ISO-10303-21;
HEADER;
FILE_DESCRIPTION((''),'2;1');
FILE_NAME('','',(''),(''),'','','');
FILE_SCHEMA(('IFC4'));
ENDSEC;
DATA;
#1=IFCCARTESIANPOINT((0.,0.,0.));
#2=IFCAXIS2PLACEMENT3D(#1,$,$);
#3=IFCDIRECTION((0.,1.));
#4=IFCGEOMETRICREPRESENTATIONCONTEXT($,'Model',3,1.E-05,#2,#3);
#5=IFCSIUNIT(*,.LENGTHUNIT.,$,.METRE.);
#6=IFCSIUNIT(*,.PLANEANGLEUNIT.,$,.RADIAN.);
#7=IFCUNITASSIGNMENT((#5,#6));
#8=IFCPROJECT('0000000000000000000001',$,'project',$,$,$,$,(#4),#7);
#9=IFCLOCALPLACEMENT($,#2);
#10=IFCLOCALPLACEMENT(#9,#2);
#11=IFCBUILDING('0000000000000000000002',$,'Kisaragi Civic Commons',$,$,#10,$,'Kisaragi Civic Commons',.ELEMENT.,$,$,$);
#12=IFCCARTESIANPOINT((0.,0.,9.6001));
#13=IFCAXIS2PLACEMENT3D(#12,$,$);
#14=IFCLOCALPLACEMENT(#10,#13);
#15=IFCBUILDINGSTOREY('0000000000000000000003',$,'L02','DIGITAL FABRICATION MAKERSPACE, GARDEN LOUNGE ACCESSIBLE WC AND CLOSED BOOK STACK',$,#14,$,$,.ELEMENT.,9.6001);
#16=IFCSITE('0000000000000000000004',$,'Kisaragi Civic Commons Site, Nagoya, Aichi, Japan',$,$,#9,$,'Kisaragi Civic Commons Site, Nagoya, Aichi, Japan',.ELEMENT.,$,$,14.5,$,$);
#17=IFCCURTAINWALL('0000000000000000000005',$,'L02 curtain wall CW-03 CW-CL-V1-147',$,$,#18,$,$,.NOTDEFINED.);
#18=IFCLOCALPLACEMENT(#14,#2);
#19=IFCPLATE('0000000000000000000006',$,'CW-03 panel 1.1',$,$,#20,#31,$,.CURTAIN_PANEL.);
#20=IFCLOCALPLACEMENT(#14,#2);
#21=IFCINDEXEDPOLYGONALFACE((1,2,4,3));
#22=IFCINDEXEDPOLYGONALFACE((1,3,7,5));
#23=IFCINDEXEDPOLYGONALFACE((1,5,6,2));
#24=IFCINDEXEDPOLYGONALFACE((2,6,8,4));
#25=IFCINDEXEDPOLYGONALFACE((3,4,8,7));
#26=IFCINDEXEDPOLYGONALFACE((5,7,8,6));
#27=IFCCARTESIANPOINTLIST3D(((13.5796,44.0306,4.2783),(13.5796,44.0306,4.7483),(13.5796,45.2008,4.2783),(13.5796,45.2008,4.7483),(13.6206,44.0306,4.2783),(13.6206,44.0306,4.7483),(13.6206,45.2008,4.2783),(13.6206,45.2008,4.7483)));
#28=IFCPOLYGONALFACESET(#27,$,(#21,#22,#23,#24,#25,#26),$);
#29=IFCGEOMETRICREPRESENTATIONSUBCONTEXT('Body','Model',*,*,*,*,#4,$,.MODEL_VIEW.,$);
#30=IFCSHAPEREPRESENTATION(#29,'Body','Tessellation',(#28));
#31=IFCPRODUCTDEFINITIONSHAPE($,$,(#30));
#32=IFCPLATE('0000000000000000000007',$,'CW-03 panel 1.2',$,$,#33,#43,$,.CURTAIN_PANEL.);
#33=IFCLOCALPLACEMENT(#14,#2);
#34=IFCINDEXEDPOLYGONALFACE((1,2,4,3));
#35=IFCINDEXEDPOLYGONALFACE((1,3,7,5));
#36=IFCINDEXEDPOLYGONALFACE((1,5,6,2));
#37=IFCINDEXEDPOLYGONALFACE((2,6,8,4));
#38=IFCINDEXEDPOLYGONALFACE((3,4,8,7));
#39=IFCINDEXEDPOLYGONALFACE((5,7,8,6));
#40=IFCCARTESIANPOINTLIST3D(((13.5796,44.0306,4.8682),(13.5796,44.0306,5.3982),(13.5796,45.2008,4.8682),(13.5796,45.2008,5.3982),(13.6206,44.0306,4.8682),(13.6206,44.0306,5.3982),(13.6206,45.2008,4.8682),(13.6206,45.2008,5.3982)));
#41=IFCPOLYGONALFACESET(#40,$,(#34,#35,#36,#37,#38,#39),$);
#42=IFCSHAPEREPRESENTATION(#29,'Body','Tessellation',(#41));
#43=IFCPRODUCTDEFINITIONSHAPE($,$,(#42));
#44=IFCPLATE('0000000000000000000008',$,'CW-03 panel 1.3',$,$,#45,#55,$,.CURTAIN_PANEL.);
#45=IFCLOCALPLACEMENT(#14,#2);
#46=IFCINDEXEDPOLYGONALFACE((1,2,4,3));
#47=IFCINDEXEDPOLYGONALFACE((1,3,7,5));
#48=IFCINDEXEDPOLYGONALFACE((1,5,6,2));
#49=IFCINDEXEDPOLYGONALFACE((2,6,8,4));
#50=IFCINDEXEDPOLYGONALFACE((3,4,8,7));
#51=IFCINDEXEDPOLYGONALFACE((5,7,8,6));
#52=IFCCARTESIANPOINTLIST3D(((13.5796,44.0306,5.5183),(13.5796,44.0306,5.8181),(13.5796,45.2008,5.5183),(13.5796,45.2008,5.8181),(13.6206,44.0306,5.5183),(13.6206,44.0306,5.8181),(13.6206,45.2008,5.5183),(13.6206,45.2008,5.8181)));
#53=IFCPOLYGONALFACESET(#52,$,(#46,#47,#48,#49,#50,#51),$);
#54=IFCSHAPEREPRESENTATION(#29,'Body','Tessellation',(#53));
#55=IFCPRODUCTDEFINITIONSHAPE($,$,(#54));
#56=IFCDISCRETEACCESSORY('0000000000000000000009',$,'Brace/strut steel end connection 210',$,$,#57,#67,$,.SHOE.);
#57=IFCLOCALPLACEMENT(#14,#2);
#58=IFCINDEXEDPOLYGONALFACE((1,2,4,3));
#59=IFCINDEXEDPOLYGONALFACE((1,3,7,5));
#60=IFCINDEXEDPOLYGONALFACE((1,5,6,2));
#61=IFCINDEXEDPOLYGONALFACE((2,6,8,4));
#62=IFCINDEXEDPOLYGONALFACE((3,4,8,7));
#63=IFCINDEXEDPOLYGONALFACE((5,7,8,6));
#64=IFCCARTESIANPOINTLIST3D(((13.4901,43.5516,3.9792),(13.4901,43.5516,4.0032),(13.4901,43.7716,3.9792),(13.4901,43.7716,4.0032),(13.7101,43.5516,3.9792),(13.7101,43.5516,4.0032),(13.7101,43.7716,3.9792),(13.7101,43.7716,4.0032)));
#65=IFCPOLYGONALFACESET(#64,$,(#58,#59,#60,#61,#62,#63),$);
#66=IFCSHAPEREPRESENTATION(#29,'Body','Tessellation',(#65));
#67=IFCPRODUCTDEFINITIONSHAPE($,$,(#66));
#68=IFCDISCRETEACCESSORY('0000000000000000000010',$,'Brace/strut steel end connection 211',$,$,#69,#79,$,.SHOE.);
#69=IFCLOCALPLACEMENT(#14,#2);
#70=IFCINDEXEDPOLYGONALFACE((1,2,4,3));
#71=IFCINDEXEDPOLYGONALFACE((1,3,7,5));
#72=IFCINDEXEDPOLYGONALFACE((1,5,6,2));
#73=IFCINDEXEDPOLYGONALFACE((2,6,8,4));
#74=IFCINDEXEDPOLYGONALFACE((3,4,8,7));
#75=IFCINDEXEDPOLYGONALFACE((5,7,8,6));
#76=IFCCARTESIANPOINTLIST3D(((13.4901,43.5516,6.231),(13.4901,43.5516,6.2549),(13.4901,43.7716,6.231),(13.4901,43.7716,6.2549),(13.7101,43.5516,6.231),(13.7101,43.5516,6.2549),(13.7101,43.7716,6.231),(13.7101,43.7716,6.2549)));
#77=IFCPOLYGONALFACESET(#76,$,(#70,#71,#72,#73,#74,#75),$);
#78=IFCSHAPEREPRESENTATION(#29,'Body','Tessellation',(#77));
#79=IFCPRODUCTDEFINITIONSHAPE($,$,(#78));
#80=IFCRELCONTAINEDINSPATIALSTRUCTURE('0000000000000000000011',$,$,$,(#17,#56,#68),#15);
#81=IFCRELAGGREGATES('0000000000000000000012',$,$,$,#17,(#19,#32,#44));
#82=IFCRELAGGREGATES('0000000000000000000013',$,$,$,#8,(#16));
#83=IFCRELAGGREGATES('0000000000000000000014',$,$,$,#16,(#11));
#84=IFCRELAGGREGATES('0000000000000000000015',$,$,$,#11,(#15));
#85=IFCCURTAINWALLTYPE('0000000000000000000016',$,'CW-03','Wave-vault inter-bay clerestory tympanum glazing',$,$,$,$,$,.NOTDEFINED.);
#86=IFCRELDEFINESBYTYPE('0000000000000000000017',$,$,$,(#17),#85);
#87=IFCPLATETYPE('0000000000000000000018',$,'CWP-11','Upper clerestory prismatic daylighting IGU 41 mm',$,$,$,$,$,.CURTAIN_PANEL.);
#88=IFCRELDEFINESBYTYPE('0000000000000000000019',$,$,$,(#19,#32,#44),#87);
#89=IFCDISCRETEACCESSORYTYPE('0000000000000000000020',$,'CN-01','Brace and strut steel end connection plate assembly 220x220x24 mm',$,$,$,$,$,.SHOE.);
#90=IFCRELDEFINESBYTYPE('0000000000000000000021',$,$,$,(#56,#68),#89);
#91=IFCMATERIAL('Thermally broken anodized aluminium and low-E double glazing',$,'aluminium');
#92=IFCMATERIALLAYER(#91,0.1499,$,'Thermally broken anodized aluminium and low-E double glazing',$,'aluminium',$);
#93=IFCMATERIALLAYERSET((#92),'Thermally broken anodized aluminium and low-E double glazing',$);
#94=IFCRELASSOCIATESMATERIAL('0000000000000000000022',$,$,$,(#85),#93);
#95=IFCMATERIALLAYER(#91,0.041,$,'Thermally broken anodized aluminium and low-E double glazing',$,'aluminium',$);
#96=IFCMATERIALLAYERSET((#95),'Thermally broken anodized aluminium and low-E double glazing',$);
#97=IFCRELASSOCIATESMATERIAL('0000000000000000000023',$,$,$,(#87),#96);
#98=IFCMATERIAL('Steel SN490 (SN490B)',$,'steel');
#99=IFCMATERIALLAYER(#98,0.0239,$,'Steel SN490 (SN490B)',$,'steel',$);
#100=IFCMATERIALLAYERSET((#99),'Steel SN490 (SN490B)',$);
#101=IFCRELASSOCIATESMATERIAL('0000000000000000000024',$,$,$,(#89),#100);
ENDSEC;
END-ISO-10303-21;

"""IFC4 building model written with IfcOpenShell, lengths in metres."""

from ifc_helpers import new_model, si_unit, direction, frame, origin, origin_2d, place, context, subcontext, project, spatial, rectangle, extrude, material, layer, layer_set, type_object, element, aggregate, save


model = new_model("IFC4")

# Units and contexts
model_context = context("Model", 3, precision=1e-05, world=origin(), true_north=direction((0.0, 1.0)))
body_context = subcontext(model_context, "Body", "Model", "MODEL_VIEW")
ifc_project = project(units=[si_unit("LENGTHUNIT", "METRE"), si_unit("PLANEANGLEUNIT", "RADIAN")], contexts=[model_context])

# Site, building, storey
site_placement = place(None, origin())
site = spatial("IfcSite", under=ifc_project, at=site_placement, Name="Kisaragi Civic Commons Site, Nagoya, Aichi, Japan", LongName="Kisaragi Civic Commons Site, Nagoya, Aichi, Japan", CompositionType="ELEMENT", RefElevation=14.5)
building_placement = place(site_placement, origin())
building = spatial("IfcBuilding", under=site, at=building_placement, Name="Kisaragi Civic Commons", LongName="Kisaragi Civic Commons", CompositionType="ELEMENT")
storey_placement = place(building_placement, frame((0.0, 0.0, 9.6001)))
storey = spatial("IfcBuildingStorey", under=building, at=storey_placement, Name="L02", Description="DIGITAL FABRICATION MAKERSPACE, GARDEN LOUNGE ACCESSIBLE WC AND CLOSED BOOK STACK", CompositionType="ELEMENT", Elevation=9.6001)

# Shared definitions
ifc_material_1 = material(Name="Thermally broken anodized aluminium and low-E double glazing", Category="aluminium")
ifc_layer_1 = layer(ifc_material_1, 0.1499, Name="Thermally broken anodized aluminium and low-E double glazing", Category="aluminium")
ifc_layer_set_1 = layer_set([ifc_layer_1], Name="Thermally broken anodized aluminium and low-E double glazing")
curtain_wall_type = type_object("IfcCurtainWallType", Name="CW-03", Description="Wave-vault inter-bay clerestory tympanum glazing", PredefinedType="NOTDEFINED", material=ifc_layer_set_1)

# Curtain wall
curtain_wall_1_placement = place(storey_placement, origin())
curtain_wall_1 = element("IfcCurtainWall", 1, at=curtain_wall_1_placement, inside=storey, type_object=curtain_wall_type, Name="L02 curtain wall CW-03 CW-CL-V1-147", PredefinedType="NOTDEFINED")

# Shared definitions
ifc_material_2 = material(Name="Steel SN490 (SN490B)", Category="steel")

# Plates
ifc_layer_2 = layer(ifc_material_1, 0.041, Name="Thermally broken anodized aluminium and low-E double glazing", Category="aluminium")
ifc_layer_set_2 = layer_set([ifc_layer_2], Name="Thermally broken anodized aluminium and low-E double glazing")
plate_type_1 = type_object("IfcPlateType", Name="CWP-11", Description="Upper clerestory prismatic daylighting IGU 41 mm", PredefinedType="CURTAIN_PANEL", material=ifc_layer_set_2)
plate_1_placement = place(storey_placement, frame((13.6001, 44.6157, 4.2783), z_axis=(0.0, 0.0, 1.0), x_axis=(0.0, 1.0, 0.0)))
plate_1 = element("IfcPlate", 2, at=plate_1_placement, type_object=plate_type_1, Name="CW-03 panel 1.1", PredefinedType="CURTAIN_PANEL", context=body_context, shape_type="SweptSolid", body=[
    extrude(rectangle(XDim=1.1702, YDim=0.041, at=origin_2d()), origin(), (0.0, 0.0, 1.0), 0.47),
])
plate_2_placement = place(storey_placement, frame((13.6001, 44.6157, 4.8682), z_axis=(0.0, 0.0, 1.0), x_axis=(0.0, 1.0, 0.0)))
plate_2 = element("IfcPlate", 3, at=plate_2_placement, type_object=plate_type_1, Name="CW-03 panel 1.2", PredefinedType="CURTAIN_PANEL", context=body_context, shape_type="SweptSolid", body=[
    extrude(rectangle(XDim=1.1702, YDim=0.041, at=origin_2d()), origin(), (0.0, 0.0, 1.0), 0.53),
])
plate_3_placement = place(storey_placement, frame((13.6001, 44.6157, 5.5183), z_axis=(0.0, 0.0, 1.0), x_axis=(0.0, 1.0, 0.0)))
plate_3 = element("IfcPlate", 4, at=plate_3_placement, type_object=plate_type_1, Name="CW-03 panel 1.3", PredefinedType="CURTAIN_PANEL", context=body_context, shape_type="SweptSolid", body=[
    extrude(rectangle(XDim=1.1702, YDim=0.041, at=origin_2d()), origin(), (0.0, 0.0, 1.0), 0.2998),
])
aggregate(curtain_wall_1, [plate_1, plate_2, plate_3])

# Discrete accessories
ifc_layer_3 = layer(ifc_material_2, 0.0239, Name="Steel SN490 (SN490B)", Category="steel")
ifc_layer_set_3 = layer_set([ifc_layer_3], Name="Steel SN490 (SN490B)")
discrete_accessory_type = type_object("IfcDiscreteAccessoryType", Name="CN-01", Description="Brace and strut steel end connection plate assembly 220x220x24 mm", PredefinedType="SHOE", material=ifc_layer_set_3)
for number, where, z_axis, x_axis, name in (
    (5, (13.6001, 43.6616, 3.9792), (0.0, 0.0, 1.0), (1.0, 0.0, 0.0), "Brace/strut steel end connection 210"),
    (6, (13.6001, 43.6616, 6.231), (0.0, 0.0, 1.0), (1.0, 0.0, 0.0), "Brace/strut steel end connection 211"),
):
    element("IfcDiscreteAccessory", number, at=place(storey_placement, frame(where, z_axis=z_axis, x_axis=x_axis)), inside=storey, type_object=discrete_accessory_type, Name=name, PredefinedType="SHOE", context=body_context, shape_type="SweptSolid", body=[
        extrude(rectangle(XDim=0.22, YDim=0.22, at=origin_2d()), origin(), (0.0, 0.0, 1.0), 0.0239),
    ])

save(model, "model.ifc")
